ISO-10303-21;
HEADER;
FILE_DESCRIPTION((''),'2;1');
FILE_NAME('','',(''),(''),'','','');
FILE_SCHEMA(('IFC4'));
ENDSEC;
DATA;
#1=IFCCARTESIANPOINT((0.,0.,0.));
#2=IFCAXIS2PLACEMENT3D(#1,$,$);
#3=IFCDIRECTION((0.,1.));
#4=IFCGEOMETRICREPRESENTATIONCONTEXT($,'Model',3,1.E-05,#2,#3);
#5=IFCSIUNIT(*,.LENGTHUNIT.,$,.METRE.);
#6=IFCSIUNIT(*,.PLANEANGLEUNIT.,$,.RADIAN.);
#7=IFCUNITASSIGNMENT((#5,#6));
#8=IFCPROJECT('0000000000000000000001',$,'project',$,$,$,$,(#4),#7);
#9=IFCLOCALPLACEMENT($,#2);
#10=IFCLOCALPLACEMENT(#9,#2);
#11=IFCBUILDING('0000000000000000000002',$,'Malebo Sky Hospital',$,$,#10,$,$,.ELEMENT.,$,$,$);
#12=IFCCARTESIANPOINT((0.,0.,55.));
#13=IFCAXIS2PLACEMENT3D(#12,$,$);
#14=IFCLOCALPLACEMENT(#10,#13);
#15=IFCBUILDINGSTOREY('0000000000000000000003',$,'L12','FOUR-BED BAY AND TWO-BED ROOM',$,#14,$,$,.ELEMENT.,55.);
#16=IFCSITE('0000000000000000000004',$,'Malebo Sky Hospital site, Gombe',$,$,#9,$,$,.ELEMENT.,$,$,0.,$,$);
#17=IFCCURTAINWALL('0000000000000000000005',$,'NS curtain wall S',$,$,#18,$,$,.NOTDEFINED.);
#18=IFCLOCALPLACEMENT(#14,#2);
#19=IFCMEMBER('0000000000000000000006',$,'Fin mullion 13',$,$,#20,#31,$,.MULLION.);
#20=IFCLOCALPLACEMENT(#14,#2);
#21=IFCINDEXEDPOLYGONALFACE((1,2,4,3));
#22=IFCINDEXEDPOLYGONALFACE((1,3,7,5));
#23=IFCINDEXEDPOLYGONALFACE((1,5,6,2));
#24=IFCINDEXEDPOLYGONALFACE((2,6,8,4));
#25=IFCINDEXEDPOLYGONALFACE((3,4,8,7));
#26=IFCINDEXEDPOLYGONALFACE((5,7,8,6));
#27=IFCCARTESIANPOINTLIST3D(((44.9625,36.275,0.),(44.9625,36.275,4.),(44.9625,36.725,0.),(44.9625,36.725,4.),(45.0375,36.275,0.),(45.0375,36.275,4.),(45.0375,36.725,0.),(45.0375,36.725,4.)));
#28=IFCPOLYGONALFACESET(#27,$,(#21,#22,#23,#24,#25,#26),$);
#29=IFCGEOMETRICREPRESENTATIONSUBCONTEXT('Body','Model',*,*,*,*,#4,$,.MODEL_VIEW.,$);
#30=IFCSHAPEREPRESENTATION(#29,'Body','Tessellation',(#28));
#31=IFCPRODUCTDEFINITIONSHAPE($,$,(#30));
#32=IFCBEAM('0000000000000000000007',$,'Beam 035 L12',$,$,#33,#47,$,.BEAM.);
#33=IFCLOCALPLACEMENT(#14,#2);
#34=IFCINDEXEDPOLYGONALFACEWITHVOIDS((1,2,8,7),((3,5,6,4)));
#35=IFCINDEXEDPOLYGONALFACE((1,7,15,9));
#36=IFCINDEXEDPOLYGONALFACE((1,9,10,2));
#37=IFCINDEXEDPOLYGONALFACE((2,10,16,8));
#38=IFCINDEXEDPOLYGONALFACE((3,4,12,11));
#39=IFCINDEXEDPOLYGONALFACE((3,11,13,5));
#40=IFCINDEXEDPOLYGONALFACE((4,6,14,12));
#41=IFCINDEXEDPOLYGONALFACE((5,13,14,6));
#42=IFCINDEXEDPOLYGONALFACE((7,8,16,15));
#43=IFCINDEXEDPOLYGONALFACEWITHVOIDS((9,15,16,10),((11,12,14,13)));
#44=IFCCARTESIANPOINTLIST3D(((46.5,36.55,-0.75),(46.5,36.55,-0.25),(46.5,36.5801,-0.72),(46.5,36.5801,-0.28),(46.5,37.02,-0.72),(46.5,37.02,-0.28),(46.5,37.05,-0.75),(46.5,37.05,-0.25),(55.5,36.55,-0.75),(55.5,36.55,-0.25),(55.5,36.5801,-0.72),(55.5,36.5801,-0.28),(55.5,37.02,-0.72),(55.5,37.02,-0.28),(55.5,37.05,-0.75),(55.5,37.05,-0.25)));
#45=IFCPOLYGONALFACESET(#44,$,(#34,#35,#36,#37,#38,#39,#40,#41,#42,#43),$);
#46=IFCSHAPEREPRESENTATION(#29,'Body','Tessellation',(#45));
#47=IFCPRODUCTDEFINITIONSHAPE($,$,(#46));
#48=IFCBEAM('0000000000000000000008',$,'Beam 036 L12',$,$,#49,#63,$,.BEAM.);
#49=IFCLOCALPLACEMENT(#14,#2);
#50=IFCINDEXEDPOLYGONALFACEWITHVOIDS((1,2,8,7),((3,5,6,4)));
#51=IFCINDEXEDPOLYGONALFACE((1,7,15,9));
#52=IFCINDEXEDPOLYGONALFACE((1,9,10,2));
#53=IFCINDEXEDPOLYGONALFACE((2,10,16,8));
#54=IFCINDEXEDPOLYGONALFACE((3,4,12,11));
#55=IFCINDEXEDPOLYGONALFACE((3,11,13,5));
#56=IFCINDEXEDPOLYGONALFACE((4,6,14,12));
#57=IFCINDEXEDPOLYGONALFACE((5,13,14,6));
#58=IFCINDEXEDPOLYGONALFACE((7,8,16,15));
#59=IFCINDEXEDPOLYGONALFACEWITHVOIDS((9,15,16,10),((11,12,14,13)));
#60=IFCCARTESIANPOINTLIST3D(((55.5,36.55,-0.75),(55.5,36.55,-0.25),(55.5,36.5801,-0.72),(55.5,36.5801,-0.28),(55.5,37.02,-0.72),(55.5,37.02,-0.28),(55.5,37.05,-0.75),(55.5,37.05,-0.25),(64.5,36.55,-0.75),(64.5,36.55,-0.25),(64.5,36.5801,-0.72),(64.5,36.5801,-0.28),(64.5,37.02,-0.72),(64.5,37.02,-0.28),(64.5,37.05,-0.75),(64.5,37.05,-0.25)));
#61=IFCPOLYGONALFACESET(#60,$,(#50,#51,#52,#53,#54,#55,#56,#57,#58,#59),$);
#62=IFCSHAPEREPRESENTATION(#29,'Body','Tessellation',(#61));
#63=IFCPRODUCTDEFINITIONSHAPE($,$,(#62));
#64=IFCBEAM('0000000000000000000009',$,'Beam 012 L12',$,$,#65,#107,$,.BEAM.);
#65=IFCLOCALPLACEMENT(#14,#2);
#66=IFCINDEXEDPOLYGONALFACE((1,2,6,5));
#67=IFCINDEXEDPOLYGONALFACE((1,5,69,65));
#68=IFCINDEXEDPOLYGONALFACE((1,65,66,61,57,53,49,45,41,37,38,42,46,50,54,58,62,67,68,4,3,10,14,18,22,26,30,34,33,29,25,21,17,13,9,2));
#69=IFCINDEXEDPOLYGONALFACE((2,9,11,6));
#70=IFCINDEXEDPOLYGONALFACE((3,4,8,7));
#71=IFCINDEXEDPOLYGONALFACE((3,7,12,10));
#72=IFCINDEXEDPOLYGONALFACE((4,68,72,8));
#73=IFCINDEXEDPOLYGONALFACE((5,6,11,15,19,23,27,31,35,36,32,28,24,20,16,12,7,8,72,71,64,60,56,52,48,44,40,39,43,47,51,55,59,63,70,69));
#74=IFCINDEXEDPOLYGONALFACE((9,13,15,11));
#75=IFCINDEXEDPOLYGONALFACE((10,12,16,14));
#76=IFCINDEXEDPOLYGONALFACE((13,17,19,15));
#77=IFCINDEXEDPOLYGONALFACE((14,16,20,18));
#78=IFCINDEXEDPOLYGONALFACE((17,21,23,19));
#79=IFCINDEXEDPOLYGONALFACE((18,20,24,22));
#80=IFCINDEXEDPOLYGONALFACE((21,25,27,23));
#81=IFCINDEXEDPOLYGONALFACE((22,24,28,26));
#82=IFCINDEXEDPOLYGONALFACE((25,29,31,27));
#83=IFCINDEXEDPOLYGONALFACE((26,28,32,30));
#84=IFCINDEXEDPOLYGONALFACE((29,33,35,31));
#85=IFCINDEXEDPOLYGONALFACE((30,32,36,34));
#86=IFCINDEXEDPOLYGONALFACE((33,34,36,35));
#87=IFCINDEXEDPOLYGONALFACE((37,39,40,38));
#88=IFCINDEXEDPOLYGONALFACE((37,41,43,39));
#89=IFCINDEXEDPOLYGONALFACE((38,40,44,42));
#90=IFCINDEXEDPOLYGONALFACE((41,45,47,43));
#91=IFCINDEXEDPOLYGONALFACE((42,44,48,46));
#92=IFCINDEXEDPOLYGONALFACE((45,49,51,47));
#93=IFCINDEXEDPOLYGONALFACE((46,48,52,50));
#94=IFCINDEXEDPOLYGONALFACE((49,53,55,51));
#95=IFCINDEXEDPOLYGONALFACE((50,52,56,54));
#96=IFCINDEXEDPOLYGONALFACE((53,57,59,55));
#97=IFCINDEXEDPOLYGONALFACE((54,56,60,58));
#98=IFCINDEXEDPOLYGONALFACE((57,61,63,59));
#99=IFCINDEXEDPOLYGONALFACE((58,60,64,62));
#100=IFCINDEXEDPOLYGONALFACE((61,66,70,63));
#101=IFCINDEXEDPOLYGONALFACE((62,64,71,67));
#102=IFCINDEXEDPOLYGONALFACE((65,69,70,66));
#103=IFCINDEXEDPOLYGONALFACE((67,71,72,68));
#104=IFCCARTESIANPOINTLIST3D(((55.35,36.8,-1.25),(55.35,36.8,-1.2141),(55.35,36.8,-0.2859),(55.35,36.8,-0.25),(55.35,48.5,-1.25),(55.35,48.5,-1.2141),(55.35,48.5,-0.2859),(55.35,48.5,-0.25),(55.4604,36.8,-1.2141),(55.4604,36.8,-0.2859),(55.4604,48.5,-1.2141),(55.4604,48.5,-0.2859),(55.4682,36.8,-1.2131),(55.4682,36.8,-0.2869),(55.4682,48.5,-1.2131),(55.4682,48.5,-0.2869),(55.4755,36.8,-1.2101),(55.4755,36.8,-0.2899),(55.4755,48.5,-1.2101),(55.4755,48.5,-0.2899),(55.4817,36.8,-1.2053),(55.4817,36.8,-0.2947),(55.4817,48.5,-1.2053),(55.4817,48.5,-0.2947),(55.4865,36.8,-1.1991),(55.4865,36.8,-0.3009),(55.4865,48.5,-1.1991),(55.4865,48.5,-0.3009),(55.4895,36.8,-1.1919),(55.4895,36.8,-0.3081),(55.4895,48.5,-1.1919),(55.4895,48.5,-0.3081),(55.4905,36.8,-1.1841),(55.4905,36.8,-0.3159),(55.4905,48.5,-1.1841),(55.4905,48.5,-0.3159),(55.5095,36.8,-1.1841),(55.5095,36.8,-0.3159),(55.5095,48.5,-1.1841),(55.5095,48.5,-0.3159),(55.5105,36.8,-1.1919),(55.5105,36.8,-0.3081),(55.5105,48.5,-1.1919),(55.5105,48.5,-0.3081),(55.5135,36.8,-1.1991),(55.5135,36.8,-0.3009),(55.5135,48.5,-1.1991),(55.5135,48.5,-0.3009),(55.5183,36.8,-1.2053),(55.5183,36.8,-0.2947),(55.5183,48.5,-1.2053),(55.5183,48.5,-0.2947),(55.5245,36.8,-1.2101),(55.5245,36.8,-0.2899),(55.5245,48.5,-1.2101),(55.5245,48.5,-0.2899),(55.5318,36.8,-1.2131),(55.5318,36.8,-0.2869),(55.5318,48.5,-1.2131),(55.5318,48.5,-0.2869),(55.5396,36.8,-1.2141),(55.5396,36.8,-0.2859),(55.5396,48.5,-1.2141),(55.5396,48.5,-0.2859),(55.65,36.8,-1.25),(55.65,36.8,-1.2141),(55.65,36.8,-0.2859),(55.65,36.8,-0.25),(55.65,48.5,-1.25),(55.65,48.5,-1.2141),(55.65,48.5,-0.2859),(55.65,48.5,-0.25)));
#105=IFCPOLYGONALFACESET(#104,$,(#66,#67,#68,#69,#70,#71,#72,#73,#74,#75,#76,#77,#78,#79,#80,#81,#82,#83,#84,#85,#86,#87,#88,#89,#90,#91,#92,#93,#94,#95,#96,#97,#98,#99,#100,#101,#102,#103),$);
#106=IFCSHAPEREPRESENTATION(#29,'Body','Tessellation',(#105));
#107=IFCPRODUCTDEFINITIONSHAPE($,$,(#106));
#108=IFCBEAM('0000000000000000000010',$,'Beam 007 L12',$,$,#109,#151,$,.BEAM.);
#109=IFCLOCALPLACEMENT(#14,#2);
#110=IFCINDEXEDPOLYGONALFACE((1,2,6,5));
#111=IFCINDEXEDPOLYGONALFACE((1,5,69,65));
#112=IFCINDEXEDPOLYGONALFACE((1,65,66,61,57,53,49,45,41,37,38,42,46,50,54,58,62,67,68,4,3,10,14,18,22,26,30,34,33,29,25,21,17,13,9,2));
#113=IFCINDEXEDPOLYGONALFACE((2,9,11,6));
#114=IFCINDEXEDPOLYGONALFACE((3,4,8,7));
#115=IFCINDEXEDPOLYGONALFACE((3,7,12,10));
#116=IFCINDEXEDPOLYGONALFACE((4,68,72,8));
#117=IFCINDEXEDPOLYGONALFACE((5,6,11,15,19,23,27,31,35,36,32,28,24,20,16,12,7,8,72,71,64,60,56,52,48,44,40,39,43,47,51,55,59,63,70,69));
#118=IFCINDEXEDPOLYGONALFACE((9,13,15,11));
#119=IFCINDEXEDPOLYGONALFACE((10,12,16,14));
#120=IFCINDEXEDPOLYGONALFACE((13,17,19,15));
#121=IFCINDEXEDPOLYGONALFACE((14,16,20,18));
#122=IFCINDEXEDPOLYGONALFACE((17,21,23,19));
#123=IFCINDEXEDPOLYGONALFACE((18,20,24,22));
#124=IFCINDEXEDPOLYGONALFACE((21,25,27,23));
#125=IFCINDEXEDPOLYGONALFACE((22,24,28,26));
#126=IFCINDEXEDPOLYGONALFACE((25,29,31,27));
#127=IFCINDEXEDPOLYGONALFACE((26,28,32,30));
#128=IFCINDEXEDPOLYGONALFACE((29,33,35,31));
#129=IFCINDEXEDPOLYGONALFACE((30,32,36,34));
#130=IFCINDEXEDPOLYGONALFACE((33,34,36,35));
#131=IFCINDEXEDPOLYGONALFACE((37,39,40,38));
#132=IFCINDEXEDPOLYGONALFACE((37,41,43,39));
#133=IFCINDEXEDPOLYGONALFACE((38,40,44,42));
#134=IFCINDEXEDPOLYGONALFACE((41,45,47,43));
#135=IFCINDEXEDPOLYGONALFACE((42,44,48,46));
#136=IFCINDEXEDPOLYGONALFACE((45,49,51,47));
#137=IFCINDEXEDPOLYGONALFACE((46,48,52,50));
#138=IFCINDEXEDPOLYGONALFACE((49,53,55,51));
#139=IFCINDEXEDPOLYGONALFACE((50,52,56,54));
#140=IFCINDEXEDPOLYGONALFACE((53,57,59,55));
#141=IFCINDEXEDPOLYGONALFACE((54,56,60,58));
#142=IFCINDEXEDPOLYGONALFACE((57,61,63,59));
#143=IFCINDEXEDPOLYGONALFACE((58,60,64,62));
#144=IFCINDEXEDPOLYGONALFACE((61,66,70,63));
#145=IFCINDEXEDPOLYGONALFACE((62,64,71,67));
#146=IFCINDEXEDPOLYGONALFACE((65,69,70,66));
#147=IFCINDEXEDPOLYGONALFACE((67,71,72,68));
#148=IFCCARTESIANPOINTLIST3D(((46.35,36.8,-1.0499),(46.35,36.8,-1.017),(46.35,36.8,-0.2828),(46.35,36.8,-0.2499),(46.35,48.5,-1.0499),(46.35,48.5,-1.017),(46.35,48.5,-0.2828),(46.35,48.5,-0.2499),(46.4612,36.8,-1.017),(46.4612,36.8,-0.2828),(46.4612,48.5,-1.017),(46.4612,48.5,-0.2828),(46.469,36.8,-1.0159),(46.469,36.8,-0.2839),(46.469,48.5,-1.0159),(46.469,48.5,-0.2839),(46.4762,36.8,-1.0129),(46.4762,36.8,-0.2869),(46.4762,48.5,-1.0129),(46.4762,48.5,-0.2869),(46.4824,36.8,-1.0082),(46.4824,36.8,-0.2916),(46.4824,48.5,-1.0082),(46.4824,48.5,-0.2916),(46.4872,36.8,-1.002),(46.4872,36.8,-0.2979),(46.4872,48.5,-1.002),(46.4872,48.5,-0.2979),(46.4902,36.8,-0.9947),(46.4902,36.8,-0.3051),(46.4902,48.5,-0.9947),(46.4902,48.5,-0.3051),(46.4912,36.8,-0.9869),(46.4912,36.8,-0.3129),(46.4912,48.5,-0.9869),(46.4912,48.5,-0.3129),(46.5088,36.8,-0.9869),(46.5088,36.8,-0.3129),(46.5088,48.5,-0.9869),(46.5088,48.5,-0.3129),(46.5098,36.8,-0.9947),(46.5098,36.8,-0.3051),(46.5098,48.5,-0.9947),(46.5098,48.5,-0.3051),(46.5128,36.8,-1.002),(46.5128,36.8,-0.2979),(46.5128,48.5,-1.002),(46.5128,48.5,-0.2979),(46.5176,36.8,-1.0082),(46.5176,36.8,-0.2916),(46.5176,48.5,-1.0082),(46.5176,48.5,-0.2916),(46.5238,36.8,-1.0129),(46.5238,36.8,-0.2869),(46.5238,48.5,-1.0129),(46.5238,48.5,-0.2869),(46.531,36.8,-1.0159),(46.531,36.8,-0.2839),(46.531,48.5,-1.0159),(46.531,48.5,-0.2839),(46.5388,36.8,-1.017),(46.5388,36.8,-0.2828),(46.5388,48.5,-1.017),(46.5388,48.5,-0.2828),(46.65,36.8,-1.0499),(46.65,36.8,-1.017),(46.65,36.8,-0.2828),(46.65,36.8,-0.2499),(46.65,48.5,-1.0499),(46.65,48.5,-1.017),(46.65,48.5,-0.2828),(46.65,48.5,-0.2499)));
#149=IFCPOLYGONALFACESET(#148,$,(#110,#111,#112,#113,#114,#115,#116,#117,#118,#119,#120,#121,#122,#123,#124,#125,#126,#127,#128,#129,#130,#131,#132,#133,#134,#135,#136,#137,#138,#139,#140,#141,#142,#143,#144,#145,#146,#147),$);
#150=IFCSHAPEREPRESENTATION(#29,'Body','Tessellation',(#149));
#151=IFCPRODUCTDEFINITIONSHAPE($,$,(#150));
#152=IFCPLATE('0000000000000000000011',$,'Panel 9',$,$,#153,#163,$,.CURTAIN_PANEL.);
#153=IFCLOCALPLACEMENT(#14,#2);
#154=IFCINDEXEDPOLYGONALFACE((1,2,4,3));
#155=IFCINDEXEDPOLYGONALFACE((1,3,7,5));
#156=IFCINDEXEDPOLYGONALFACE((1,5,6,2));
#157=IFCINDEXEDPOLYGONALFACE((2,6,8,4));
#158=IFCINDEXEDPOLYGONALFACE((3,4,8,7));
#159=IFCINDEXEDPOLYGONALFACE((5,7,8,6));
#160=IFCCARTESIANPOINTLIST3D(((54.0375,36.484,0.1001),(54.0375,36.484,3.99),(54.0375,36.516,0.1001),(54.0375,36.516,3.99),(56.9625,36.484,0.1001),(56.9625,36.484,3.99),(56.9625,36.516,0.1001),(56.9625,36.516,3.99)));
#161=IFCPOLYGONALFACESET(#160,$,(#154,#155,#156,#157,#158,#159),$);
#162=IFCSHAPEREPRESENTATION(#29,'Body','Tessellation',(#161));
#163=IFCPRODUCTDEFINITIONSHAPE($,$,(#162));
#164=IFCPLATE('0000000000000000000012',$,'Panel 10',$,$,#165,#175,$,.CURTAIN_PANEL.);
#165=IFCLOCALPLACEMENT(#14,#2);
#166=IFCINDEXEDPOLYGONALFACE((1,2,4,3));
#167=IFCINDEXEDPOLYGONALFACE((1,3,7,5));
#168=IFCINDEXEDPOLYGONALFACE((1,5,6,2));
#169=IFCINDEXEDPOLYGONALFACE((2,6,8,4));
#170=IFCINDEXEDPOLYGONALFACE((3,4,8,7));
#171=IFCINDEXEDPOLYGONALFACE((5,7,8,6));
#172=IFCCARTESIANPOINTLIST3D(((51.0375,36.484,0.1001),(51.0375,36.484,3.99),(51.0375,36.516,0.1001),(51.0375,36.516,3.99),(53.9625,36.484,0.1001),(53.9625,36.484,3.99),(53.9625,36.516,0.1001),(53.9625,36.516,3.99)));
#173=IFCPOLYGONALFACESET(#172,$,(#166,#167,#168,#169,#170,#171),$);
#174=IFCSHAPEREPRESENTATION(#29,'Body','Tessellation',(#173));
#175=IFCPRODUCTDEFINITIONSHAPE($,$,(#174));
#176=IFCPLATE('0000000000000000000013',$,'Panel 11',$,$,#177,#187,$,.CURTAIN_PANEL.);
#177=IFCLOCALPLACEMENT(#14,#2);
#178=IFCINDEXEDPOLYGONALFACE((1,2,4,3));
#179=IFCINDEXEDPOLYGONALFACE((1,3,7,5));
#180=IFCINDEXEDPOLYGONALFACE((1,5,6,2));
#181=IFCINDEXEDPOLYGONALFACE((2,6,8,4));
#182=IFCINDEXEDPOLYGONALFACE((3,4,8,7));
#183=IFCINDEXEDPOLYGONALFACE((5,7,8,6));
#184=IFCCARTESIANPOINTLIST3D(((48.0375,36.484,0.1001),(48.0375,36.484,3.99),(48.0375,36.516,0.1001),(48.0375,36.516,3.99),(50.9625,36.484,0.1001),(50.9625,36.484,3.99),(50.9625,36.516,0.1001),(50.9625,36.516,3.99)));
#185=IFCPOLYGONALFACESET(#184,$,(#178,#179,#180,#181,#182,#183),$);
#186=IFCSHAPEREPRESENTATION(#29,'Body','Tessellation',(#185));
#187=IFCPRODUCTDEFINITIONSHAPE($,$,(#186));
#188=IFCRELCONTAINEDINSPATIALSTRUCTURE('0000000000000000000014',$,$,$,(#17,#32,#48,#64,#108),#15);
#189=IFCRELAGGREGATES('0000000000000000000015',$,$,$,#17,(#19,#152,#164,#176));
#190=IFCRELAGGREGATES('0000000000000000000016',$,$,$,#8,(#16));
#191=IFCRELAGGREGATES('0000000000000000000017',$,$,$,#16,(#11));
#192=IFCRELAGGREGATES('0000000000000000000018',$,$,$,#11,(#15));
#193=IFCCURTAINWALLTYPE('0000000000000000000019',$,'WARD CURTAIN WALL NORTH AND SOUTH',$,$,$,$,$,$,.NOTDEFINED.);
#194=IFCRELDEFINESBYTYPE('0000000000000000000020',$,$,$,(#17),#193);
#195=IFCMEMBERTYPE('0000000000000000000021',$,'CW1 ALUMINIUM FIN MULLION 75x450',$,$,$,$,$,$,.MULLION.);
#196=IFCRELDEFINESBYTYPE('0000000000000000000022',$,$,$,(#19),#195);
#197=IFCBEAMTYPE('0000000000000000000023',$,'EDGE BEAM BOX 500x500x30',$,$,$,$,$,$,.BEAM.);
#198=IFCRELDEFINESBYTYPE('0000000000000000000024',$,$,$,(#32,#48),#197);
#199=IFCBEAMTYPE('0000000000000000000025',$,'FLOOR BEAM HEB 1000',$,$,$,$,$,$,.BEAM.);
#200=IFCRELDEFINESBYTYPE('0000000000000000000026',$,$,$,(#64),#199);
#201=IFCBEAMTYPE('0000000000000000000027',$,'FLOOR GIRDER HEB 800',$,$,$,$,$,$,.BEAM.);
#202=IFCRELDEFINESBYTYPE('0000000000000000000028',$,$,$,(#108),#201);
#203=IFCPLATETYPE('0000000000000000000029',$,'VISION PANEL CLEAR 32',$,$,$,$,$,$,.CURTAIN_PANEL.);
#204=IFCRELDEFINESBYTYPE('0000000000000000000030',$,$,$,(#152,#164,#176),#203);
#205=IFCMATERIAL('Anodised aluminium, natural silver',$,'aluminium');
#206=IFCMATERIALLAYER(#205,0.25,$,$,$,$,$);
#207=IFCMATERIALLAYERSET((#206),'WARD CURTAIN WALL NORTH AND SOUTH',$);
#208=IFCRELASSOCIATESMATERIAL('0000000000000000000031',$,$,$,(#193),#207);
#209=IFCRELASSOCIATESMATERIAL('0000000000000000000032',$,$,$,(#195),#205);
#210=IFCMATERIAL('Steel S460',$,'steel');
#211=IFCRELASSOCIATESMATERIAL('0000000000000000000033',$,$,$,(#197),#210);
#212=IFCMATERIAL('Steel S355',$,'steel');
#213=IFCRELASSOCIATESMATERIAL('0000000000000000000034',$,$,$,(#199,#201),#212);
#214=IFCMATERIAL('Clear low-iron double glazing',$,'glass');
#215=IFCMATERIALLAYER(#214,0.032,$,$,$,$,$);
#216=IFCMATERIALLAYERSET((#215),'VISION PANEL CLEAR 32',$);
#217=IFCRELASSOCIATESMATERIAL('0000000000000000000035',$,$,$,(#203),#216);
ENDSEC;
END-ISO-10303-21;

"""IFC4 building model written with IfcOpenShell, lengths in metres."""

from ifc_helpers import new_model, si_unit, direction, frame, origin, origin_2d, place, context, subcontext, project, spatial, rectangle, hollow_rectangle, i_section, extrude, material, layer, layer_set, material_profile, profile_set, type_object, element, aggregate, save


model = new_model("IFC4")

# Units and contexts
model_context = context("Model", 3, precision=1e-05, world=origin(), true_north=direction((0.0, 1.0)))
body_context = subcontext(model_context, "Body", "Model", "MODEL_VIEW")
ifc_project = project(units=[si_unit("LENGTHUNIT", "METRE"), si_unit("PLANEANGLEUNIT", "RADIAN")], contexts=[model_context])

# Site, building, storey
site_placement = place(None, origin())
site = spatial("IfcSite", under=ifc_project, at=site_placement, Name="Malebo Sky Hospital site, Gombe", CompositionType="ELEMENT", RefElevation=0.0)
building_placement = place(site_placement, origin())
building = spatial("IfcBuilding", under=site, at=building_placement, Name="Malebo Sky Hospital", CompositionType="ELEMENT")
storey_placement = place(building_placement, frame((0.0, 0.0, 55.0)))
storey = spatial("IfcBuildingStorey", under=building, at=storey_placement, Name="L12", Description="FOUR-BED BAY AND TWO-BED ROOM", CompositionType="ELEMENT", Elevation=55.0)

# Shared definitions
ifc_material_1 = material(Name="Steel S460", Category="steel")

# Curtain wall
ifc_material_2 = material(Name="Anodised aluminium, natural silver", Category="aluminium")
ifc_layer_1 = layer(ifc_material_2, 0.25)
ifc_layer_set_1 = layer_set([ifc_layer_1], Name="WARD CURTAIN WALL NORTH AND SOUTH")
curtain_wall_type = type_object("IfcCurtainWallType", Name="WARD CURTAIN WALL NORTH AND SOUTH", PredefinedType="NOTDEFINED", material=ifc_layer_set_1)
curtain_wall_placement = place(storey_placement, origin())
curtain_wall = element("IfcCurtainWall", 1, at=curtain_wall_placement, inside=storey, type_object=curtain_wall_type, Name="NS curtain wall S", PredefinedType="NOTDEFINED")

# Member
ifc_material_3 = material(Name="Steel S355", Category="steel")
ifc_material_profile_1 = material_profile(ifc_material_2, rectangle(XDim=0.075, YDim=0.45, at=origin_2d()), Name="CW1 ALUMINIUM FIN MULLION 75x450")
ifc_profile_set_1 = profile_set([ifc_material_profile_1], Name="Anodised aluminium, natural silver")
member_type_1 = type_object("IfcMemberType", Name="CW1 ALUMINIUM FIN MULLION 75x450", PredefinedType="MULLION", material=ifc_profile_set_1)
member_1_placement = place(storey_placement, frame((45.0, 36.5, 0.0), z_axis=(0.0, 0.0, 1.0), x_axis=(-1.0, 0.0, 0.0)))
member_1 = element("IfcMember", 2, at=member_1_placement, type_object=member_type_1, Name="Fin mullion 13", PredefinedType="MULLION", context=body_context, shape_type="SweptSolid", body=[
    extrude(rectangle(XDim=0.075, YDim=0.45, at=origin_2d()), origin(), (0.0, 0.0, 1.0), 4.0),
])

# Beams
ifc_material_profile_2 = material_profile(ifc_material_1, hollow_rectangle(XDim=0.5, YDim=0.5, WallThickness=0.03, at=origin_2d()), Name="BOX 500x500x30")
ifc_profile_set_2 = profile_set([ifc_material_profile_2], Name="Steel S460")
beam_type_1 = type_object("IfcBeamType", Name="EDGE BEAM BOX 500x500x30", PredefinedType="BEAM", material=ifc_profile_set_2)
for number, where, z_axis, x_axis, name in (
    (3, (46.5, 36.8, -0.5), (1.0, 0.0, 0.0), (0.0, 1.0, 0.0), "Beam 035 L12"),
    (4, (55.5, 36.8, -0.5), (1.0, 0.0, 0.0), (0.0, 1.0, 0.0), "Beam 036 L12"),
):
    element("IfcBeam", number, at=place(storey_placement, frame(where, z_axis=z_axis, x_axis=x_axis)), inside=storey, type_object=beam_type_1, Name=name, PredefinedType="BEAM", context=body_context, shape_type="SweptSolid", body=[
        extrude(hollow_rectangle(XDim=0.5, YDim=0.5, WallThickness=0.03, at=origin_2d()), origin(), (0.0, 0.0, 1.0), 9.0),
    ])
ifc_material_profile_3 = material_profile(ifc_material_3, i_section(OverallWidth=0.3, OverallDepth=1.0, WebThickness=0.019, FlangeThickness=0.0359, FilletRadius=0.03, at=origin_2d()), Name="HEB 1000")
ifc_profile_set_3 = profile_set([ifc_material_profile_3], Name="Steel S355")
beam_type_2 = type_object("IfcBeamType", Name="FLOOR BEAM HEB 1000", PredefinedType="BEAM", material=ifc_profile_set_3)
beam_1_placement = place(storey_placement, frame((55.5, 36.8, -0.75), z_axis=(0.0, 1.0, 0.0), x_axis=(-1.0, 0.0, 0.0)))
element("IfcBeam", 5, at=beam_1_placement, inside=storey, type_object=beam_type_2, Name="Beam 012 L12", PredefinedType="BEAM", context=body_context, shape_type="SweptSolid", body=[
    extrude(i_section(OverallWidth=0.3, OverallDepth=1.0, WebThickness=0.019, FlangeThickness=0.0359, FilletRadius=0.03, at=origin_2d()), origin(), (0.0, 0.0, 1.0), 11.7),
])
ifc_material_profile_4 = material_profile(ifc_material_3, i_section(OverallWidth=0.3, OverallDepth=0.8, WebThickness=0.0176, FlangeThickness=0.033, FilletRadius=0.03, at=origin_2d()), Name="HEB 800")
ifc_profile_set_4 = profile_set([ifc_material_profile_4], Name="Steel S355")
beam_type_3 = type_object("IfcBeamType", Name="FLOOR GIRDER HEB 800", PredefinedType="BEAM", material=ifc_profile_set_4)
beam_2_placement = place(storey_placement, frame((46.5, 36.8, -0.6499), z_axis=(0.0, 1.0, 0.0), x_axis=(-1.0, 0.0, 0.0)))
element("IfcBeam", 6, at=beam_2_placement, inside=storey, type_object=beam_type_3, Name="Beam 007 L12", PredefinedType="BEAM", context=body_context, shape_type="SweptSolid", body=[
    extrude(i_section(OverallWidth=0.3, OverallDepth=0.8, WebThickness=0.0176, FlangeThickness=0.033, FilletRadius=0.03, at=origin_2d()), origin(), (0.0, 0.0, 1.0), 11.7),
])

# Plates
ifc_material_4 = material(Name="Clear low-iron double glazing", Category="glass")
ifc_layer_2 = layer(ifc_material_4, 0.032)
ifc_layer_set_2 = layer_set([ifc_layer_2], Name="VISION PANEL CLEAR 32")
plate_type = type_object("IfcPlateType", Name="VISION PANEL CLEAR 32", PredefinedType="CURTAIN_PANEL", material=ifc_layer_set_2)
plate_1_placement = place(storey_placement, frame((55.5, 36.5, 0.1001), z_axis=(0.0, 0.0, 1.0), x_axis=(-1.0, 0.0, 0.0)))
plate_1 = element("IfcPlate", 7, at=plate_1_placement, type_object=plate_type, Name="Panel 9", PredefinedType="CURTAIN_PANEL", context=body_context, shape_type="SweptSolid", body=[
    extrude(rectangle(XDim=2.925, YDim=0.032, at=origin_2d()), origin(), (0.0, 0.0, 1.0), 3.8899),
])
plate_2_placement = place(storey_placement, frame((52.5, 36.5, 0.1001), z_axis=(0.0, 0.0, 1.0), x_axis=(-1.0, 0.0, 0.0)))
plate_2 = element("IfcPlate", 8, at=plate_2_placement, type_object=plate_type, Name="Panel 10", PredefinedType="CURTAIN_PANEL", context=body_context, shape_type="SweptSolid", body=[
    extrude(rectangle(XDim=2.925, YDim=0.032, at=origin_2d()), origin(), (0.0, 0.0, 1.0), 3.8899),
])
plate_3_placement = place(storey_placement, frame((49.5, 36.5, 0.1001), z_axis=(0.0, 0.0, 1.0), x_axis=(-1.0, 0.0, 0.0)))
plate_3 = element("IfcPlate", 9, at=plate_3_placement, type_object=plate_type, Name="Panel 11", PredefinedType="CURTAIN_PANEL", context=body_context, shape_type="SweptSolid", body=[
    extrude(rectangle(XDim=2.925, YDim=0.032, at=origin_2d()), origin(), (0.0, 0.0, 1.0), 3.8899),
])
aggregate(curtain_wall, [member_1, plate_1, plate_2, plate_3])

save(model, "model.ifc")
